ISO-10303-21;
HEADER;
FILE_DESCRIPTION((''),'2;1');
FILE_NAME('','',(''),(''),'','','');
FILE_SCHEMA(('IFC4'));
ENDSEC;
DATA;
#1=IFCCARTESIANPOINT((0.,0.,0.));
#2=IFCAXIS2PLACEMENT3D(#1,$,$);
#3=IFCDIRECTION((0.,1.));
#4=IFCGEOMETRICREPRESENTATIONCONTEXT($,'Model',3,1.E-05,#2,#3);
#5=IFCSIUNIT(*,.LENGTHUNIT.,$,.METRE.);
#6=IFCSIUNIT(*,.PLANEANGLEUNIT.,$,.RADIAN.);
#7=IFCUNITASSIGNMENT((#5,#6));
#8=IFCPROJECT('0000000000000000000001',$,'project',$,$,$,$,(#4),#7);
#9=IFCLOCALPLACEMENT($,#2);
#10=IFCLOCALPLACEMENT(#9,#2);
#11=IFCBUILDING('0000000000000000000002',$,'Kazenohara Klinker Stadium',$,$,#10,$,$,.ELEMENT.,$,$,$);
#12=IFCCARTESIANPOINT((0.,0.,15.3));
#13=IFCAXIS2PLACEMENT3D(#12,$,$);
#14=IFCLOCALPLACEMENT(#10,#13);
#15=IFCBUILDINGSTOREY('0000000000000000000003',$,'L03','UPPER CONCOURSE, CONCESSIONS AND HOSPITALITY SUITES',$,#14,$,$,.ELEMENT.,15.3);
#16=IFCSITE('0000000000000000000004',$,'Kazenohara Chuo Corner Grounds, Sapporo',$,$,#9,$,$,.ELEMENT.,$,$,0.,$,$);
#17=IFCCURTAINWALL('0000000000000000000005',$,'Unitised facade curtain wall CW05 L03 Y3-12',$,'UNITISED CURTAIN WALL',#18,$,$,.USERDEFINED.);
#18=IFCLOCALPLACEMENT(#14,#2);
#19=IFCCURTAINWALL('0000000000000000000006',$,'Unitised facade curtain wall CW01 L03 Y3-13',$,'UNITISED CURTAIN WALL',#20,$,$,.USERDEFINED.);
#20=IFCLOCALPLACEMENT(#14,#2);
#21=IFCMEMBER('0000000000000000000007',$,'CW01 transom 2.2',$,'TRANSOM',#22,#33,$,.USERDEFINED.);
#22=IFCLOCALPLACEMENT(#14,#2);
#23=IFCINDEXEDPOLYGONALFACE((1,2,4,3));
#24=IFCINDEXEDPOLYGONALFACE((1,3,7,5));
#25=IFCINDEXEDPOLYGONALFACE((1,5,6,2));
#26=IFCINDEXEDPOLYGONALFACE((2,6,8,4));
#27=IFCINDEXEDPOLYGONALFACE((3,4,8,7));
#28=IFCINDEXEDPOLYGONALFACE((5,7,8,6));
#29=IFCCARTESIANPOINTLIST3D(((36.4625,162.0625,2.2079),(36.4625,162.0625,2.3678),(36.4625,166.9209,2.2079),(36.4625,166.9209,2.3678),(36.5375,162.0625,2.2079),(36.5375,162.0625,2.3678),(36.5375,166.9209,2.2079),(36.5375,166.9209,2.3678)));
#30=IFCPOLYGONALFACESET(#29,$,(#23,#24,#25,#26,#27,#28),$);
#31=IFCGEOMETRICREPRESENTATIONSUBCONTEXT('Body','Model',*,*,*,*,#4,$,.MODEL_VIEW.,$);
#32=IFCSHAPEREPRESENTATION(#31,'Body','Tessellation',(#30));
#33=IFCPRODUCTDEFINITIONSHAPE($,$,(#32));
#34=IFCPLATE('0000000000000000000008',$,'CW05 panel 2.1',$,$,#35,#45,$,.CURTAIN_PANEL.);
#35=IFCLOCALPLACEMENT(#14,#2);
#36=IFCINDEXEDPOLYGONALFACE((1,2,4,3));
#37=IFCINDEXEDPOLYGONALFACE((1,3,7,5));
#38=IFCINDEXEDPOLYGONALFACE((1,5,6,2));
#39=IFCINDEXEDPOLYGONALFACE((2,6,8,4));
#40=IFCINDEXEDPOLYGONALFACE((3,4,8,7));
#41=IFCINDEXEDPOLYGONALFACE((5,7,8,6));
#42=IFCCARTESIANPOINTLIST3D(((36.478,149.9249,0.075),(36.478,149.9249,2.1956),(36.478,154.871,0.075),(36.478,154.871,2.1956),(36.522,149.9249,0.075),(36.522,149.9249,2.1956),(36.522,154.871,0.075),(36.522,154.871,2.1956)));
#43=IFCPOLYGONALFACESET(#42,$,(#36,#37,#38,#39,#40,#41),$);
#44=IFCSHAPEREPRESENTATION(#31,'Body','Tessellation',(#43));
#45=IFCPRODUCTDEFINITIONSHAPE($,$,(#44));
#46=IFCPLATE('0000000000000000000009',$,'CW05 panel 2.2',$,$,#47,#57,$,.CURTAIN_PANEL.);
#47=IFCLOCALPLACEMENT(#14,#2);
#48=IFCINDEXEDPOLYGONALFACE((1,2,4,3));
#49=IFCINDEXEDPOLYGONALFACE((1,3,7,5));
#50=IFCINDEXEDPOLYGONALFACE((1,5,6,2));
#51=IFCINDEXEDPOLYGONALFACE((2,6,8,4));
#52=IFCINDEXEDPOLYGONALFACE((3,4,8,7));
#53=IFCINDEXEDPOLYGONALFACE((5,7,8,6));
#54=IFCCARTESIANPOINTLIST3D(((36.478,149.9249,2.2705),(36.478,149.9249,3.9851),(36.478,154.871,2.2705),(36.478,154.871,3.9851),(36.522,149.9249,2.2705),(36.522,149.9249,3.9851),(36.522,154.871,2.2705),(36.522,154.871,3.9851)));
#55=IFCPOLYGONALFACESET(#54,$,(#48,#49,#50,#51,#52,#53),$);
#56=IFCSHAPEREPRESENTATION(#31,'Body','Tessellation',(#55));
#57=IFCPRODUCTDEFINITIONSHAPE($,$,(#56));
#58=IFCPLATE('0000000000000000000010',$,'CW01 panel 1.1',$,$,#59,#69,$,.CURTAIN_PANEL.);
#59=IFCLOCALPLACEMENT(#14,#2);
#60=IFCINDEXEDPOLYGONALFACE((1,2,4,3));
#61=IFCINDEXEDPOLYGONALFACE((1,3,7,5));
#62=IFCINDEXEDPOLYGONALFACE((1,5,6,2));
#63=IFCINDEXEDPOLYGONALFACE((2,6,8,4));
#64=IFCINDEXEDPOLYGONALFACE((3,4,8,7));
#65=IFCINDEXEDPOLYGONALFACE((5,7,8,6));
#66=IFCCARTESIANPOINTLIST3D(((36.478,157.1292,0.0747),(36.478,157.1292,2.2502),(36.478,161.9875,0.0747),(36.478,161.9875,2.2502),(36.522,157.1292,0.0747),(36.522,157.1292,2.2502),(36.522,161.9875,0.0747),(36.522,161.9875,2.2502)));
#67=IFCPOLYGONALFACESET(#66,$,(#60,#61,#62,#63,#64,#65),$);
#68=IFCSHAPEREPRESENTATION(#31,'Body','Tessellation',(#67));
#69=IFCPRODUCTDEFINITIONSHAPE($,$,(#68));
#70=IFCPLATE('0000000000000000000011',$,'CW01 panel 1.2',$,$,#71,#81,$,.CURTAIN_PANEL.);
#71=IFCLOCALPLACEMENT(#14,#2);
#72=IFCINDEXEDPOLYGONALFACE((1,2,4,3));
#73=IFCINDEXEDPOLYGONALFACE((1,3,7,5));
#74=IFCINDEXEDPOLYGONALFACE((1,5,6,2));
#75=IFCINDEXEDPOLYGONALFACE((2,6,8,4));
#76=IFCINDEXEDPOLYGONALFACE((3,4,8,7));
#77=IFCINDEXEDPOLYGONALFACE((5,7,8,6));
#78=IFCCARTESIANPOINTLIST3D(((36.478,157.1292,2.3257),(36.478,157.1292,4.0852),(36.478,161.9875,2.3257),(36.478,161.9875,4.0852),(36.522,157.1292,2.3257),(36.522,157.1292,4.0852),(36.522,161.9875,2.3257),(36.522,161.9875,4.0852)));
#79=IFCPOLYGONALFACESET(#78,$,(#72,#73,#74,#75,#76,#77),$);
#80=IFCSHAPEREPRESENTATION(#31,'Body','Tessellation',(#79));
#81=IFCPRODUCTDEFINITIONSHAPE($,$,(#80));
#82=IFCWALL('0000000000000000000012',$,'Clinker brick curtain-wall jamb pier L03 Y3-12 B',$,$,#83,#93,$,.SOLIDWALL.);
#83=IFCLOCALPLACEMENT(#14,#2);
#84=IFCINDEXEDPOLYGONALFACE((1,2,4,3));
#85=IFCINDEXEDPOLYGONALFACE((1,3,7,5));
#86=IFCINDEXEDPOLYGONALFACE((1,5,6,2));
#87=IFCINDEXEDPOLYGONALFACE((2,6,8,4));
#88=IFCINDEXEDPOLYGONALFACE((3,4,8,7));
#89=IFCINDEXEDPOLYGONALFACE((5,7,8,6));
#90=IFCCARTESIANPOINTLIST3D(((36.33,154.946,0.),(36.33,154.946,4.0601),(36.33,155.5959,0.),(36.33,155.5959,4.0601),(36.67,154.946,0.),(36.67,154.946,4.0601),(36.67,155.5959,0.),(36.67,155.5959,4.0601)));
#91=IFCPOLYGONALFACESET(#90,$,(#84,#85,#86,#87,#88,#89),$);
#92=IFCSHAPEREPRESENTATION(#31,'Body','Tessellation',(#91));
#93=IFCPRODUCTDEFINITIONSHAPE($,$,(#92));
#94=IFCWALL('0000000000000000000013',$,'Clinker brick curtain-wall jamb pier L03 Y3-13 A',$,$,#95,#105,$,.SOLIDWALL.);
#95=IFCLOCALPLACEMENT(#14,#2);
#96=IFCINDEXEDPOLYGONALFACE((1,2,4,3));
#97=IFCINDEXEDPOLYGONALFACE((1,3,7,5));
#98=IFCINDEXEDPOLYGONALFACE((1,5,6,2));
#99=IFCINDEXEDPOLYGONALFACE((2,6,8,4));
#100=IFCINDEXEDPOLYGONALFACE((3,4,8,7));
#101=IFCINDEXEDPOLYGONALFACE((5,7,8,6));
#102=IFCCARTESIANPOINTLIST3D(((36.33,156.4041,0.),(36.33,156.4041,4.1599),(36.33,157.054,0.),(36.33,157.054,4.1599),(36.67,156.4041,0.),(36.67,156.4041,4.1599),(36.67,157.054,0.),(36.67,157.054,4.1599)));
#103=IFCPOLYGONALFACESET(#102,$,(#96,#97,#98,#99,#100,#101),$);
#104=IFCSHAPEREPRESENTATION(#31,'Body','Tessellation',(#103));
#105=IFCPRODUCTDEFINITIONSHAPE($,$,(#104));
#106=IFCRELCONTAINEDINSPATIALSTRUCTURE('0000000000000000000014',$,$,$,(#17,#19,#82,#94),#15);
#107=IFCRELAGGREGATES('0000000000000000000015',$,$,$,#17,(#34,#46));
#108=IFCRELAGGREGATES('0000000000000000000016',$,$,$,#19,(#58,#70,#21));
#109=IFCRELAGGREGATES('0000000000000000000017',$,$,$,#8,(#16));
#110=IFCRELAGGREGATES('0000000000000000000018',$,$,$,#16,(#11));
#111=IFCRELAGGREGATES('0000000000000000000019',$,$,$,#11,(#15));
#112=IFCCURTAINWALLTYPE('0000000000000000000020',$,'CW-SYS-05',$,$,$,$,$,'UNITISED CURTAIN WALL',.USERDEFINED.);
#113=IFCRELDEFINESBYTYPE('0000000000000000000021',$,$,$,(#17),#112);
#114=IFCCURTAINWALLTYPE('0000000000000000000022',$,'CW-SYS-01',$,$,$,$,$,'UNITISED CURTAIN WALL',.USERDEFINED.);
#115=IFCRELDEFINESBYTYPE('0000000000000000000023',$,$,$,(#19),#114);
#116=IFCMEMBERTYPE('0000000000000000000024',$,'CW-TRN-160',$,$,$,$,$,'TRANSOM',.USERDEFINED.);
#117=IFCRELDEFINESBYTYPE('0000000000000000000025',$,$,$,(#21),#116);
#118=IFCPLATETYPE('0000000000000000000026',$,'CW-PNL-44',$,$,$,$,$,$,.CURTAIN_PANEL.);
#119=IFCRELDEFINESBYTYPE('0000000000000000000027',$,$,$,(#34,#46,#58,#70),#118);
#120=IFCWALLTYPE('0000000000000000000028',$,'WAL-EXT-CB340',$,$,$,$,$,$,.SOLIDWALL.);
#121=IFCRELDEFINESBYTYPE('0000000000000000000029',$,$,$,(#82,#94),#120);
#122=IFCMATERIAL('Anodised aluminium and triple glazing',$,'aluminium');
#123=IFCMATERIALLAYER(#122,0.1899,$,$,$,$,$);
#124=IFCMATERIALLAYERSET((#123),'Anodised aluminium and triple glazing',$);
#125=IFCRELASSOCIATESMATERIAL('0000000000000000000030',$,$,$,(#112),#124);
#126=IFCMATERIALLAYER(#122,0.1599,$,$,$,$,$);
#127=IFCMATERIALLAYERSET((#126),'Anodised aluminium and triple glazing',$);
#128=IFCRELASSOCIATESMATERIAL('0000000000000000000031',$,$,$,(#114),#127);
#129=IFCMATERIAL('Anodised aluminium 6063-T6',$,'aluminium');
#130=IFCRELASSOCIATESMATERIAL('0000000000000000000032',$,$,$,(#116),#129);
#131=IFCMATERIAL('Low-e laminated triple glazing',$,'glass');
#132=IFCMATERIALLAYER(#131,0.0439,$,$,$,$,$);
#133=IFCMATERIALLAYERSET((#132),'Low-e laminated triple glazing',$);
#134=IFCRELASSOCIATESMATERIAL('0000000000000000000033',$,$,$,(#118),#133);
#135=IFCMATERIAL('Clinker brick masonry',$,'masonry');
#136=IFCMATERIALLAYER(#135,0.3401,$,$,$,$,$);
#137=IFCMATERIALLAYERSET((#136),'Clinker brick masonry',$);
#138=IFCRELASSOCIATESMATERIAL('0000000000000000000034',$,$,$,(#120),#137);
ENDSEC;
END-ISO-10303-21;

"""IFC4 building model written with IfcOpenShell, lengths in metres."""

from ifc_helpers import new_model, si_unit, direction, frame, frame_2d, origin, origin_2d, place, context, subcontext, project, spatial, rectangle, extrude, material, layer, layer_set, material_profile, profile_set, type_object, element, aggregate, save


model = new_model("IFC4")

# Units and contexts
model_context = context("Model", 3, precision=1e-05, world=origin(), true_north=direction((0.0, 1.0)))
body_context = subcontext(model_context, "Body", "Model", "MODEL_VIEW")
ifc_project = project(units=[si_unit("LENGTHUNIT", "METRE"), si_unit("PLANEANGLEUNIT", "RADIAN")], contexts=[model_context])

# Site, building, storey
site_placement = place(None, origin())
site = spatial("IfcSite", under=ifc_project, at=site_placement, Name="Kazenohara Chuo Corner Grounds, Sapporo", CompositionType="ELEMENT", RefElevation=0.0)
building_placement = place(site_placement, origin())
building = spatial("IfcBuilding", under=site, at=building_placement, Name="Kazenohara Klinker Stadium", CompositionType="ELEMENT")
storey_placement = place(building_placement, frame((0.0, 0.0, 15.3)))
storey = spatial("IfcBuildingStorey", under=building, at=storey_placement, Name="L03", Description="UPPER CONCOURSE, CONCESSIONS AND HOSPITALITY SUITES", CompositionType="ELEMENT", Elevation=15.3)

# Curtain wall
ifc_material_1 = material(Name="Anodised aluminium and triple glazing", Category="aluminium")
ifc_layer_1 = layer(ifc_material_1, 0.1899)
ifc_layer_set_1 = layer_set([ifc_layer_1], Name="Anodised aluminium and triple glazing")
curtain_wall_type_1 = type_object("IfcCurtainWallType", Name="CW-SYS-05", ElementType="UNITISED CURTAIN WALL", PredefinedType="USERDEFINED", material=ifc_layer_set_1)
curtain_wall_1_placement = place(storey_placement, origin())
curtain_wall_1 = element("IfcCurtainWall", 1, at=curtain_wall_1_placement, inside=storey, type_object=curtain_wall_type_1, Name="Unitised facade curtain wall CW05 L03 Y3-12", ObjectType="UNITISED CURTAIN WALL", PredefinedType="USERDEFINED")
ifc_material_2 = material(Name="Anodised aluminium 6063-T6", Category="aluminium")

# Curtain wall
ifc_layer_2 = layer(ifc_material_1, 0.1599)
ifc_layer_set_2 = layer_set([ifc_layer_2], Name="Anodised aluminium and triple glazing")
curtain_wall_type_2 = type_object("IfcCurtainWallType", Name="CW-SYS-01", ElementType="UNITISED CURTAIN WALL", PredefinedType="USERDEFINED", material=ifc_layer_set_2)
curtain_wall_2_placement = place(storey_placement, origin())
curtain_wall_2 = element("IfcCurtainWall", 2, at=curtain_wall_2_placement, inside=storey, type_object=curtain_wall_type_2, Name="Unitised facade curtain wall CW01 L03 Y3-13", ObjectType="UNITISED CURTAIN WALL", PredefinedType="USERDEFINED")

# Member
ifc_material_profile_1 = material_profile(ifc_material_2, rectangle(XDim=0.075, YDim=0.1599, at=origin_2d()), Name="ALU-TRN-75x160")
ifc_profile_set_1 = profile_set([ifc_material_profile_1], Name="Anodised aluminium 6063-T6")
member_type_1 = type_object("IfcMemberType", Name="CW-TRN-160", ElementType="TRANSOM", PredefinedType="USERDEFINED", material=ifc_profile_set_1)
member_1_placement = place(storey_placement, frame((36.5, 162.0625, 2.2878), z_axis=(0.0, 1.0, 0.0), x_axis=(-1.0, 0.0, 0.0)))
member_1 = element("IfcMember", 3, at=member_1_placement, type_object=member_type_1, Name="CW01 transom 2.2", ObjectType="TRANSOM", PredefinedType="USERDEFINED", context=body_context, shape_type="SweptSolid", body=[
    extrude(rectangle(XDim=0.075, YDim=0.1599, at=origin_2d()), origin(), (0.0, 0.0, 1.0), 4.8584),
])

# Plates
ifc_material_3 = material(Name="Low-e laminated triple glazing", Category="glass")
ifc_layer_3 = layer(ifc_material_3, 0.0439)
ifc_layer_set_3 = layer_set([ifc_layer_3], Name="Low-e laminated triple glazing")
plate_type = type_object("IfcPlateType", Name="CW-PNL-44", PredefinedType="CURTAIN_PANEL", material=ifc_layer_set_3)
plate_1_placement = place(storey_placement, frame((36.5, 152.3979, 0.075), z_axis=(0.0, 0.0, 1.0), x_axis=(0.0, 1.0, 0.0)))
plate_1 = element("IfcPlate", 4, at=plate_1_placement, type_object=plate_type, Name="CW05 panel 2.1", PredefinedType="CURTAIN_PANEL", context=body_context, shape_type="SweptSolid", body=[
    extrude(rectangle(XDim=4.946, YDim=0.0439, at=origin_2d()), origin(), (0.0, 0.0, 1.0), 2.1206),
])
plate_2_placement = place(storey_placement, frame((36.5, 152.3979, 2.2705), z_axis=(0.0, 0.0, 1.0), x_axis=(0.0, 1.0, 0.0)))
plate_2 = element("IfcPlate", 5, at=plate_2_placement, type_object=plate_type, Name="CW05 panel 2.2", PredefinedType="CURTAIN_PANEL", context=body_context, shape_type="SweptSolid", body=[
    extrude(rectangle(XDim=4.946, YDim=0.0439, at=origin_2d()), origin(), (0.0, 0.0, 1.0), 1.7146),
])
aggregate(curtain_wall_1, [plate_1, plate_2])
plate_3_placement = place(storey_placement, frame((36.5, 159.5583, 0.0747), z_axis=(0.0, 0.0, 1.0), x_axis=(0.0, 1.0, 0.0)))
plate_3 = element("IfcPlate", 6, at=plate_3_placement, type_object=plate_type, Name="CW01 panel 1.1", PredefinedType="CURTAIN_PANEL", context=body_context, shape_type="SweptSolid", body=[
    extrude(rectangle(XDim=4.8584, YDim=0.0439, at=origin_2d()), origin(), (0.0, 0.0, 1.0), 2.1755),
])
plate_4_placement = place(storey_placement, frame((36.5, 159.5583, 2.3257), z_axis=(0.0, 0.0, 1.0), x_axis=(0.0, 1.0, 0.0)))
plate_4 = element("IfcPlate", 7, at=plate_4_placement, type_object=plate_type, Name="CW01 panel 1.2", PredefinedType="CURTAIN_PANEL", context=body_context, shape_type="SweptSolid", body=[
    extrude(rectangle(XDim=4.8584, YDim=0.0439, at=origin_2d()), origin(), (0.0, 0.0, 1.0), 1.7595),
])
aggregate(curtain_wall_2, [plate_3, plate_4, member_1])

# Walls
ifc_material_4 = material(Name="Clinker brick masonry", Category="masonry")
ifc_layer_4 = layer(ifc_material_4, 0.3401)
ifc_layer_set_4 = layer_set([ifc_layer_4], Name="Clinker brick masonry")
wall_type = type_object("IfcWallType", Name="WAL-EXT-CB340", PredefinedType="SOLIDWALL", material=ifc_layer_set_4)
wall_1_placement = place(storey_placement, frame((36.5, 154.946, 0.0), z_axis=(0.0, 0.0, 1.0), x_axis=(0.0, 1.0, 0.0)))
element("IfcWall", 8, at=wall_1_placement, inside=storey, type_object=wall_type, Name="Clinker brick curtain-wall jamb pier L03 Y3-12 B", PredefinedType="SOLIDWALL", context=body_context, shape_type="SweptSolid", body=[
    extrude(rectangle(XDim=0.6499, YDim=0.3401, at=frame_2d((0.325, 0.0))), origin(), (0.0, 0.0, 1.0), 4.0601),
])
wall_2_placement = place(storey_placement, frame((36.5, 156.4041, 0.0), z_axis=(0.0, 0.0, 1.0), x_axis=(0.0, 1.0, 0.0)))
element("IfcWall", 9, at=wall_2_placement, inside=storey, type_object=wall_type, Name="Clinker brick curtain-wall jamb pier L03 Y3-13 A", PredefinedType="SOLIDWALL", context=body_context, shape_type="SweptSolid", body=[
    extrude(rectangle(XDim=0.6499, YDim=0.3401, at=frame_2d((0.325, 0.0))), origin(), (0.0, 0.0, 1.0), 4.1599),
])

save(model, "model.ifc")
